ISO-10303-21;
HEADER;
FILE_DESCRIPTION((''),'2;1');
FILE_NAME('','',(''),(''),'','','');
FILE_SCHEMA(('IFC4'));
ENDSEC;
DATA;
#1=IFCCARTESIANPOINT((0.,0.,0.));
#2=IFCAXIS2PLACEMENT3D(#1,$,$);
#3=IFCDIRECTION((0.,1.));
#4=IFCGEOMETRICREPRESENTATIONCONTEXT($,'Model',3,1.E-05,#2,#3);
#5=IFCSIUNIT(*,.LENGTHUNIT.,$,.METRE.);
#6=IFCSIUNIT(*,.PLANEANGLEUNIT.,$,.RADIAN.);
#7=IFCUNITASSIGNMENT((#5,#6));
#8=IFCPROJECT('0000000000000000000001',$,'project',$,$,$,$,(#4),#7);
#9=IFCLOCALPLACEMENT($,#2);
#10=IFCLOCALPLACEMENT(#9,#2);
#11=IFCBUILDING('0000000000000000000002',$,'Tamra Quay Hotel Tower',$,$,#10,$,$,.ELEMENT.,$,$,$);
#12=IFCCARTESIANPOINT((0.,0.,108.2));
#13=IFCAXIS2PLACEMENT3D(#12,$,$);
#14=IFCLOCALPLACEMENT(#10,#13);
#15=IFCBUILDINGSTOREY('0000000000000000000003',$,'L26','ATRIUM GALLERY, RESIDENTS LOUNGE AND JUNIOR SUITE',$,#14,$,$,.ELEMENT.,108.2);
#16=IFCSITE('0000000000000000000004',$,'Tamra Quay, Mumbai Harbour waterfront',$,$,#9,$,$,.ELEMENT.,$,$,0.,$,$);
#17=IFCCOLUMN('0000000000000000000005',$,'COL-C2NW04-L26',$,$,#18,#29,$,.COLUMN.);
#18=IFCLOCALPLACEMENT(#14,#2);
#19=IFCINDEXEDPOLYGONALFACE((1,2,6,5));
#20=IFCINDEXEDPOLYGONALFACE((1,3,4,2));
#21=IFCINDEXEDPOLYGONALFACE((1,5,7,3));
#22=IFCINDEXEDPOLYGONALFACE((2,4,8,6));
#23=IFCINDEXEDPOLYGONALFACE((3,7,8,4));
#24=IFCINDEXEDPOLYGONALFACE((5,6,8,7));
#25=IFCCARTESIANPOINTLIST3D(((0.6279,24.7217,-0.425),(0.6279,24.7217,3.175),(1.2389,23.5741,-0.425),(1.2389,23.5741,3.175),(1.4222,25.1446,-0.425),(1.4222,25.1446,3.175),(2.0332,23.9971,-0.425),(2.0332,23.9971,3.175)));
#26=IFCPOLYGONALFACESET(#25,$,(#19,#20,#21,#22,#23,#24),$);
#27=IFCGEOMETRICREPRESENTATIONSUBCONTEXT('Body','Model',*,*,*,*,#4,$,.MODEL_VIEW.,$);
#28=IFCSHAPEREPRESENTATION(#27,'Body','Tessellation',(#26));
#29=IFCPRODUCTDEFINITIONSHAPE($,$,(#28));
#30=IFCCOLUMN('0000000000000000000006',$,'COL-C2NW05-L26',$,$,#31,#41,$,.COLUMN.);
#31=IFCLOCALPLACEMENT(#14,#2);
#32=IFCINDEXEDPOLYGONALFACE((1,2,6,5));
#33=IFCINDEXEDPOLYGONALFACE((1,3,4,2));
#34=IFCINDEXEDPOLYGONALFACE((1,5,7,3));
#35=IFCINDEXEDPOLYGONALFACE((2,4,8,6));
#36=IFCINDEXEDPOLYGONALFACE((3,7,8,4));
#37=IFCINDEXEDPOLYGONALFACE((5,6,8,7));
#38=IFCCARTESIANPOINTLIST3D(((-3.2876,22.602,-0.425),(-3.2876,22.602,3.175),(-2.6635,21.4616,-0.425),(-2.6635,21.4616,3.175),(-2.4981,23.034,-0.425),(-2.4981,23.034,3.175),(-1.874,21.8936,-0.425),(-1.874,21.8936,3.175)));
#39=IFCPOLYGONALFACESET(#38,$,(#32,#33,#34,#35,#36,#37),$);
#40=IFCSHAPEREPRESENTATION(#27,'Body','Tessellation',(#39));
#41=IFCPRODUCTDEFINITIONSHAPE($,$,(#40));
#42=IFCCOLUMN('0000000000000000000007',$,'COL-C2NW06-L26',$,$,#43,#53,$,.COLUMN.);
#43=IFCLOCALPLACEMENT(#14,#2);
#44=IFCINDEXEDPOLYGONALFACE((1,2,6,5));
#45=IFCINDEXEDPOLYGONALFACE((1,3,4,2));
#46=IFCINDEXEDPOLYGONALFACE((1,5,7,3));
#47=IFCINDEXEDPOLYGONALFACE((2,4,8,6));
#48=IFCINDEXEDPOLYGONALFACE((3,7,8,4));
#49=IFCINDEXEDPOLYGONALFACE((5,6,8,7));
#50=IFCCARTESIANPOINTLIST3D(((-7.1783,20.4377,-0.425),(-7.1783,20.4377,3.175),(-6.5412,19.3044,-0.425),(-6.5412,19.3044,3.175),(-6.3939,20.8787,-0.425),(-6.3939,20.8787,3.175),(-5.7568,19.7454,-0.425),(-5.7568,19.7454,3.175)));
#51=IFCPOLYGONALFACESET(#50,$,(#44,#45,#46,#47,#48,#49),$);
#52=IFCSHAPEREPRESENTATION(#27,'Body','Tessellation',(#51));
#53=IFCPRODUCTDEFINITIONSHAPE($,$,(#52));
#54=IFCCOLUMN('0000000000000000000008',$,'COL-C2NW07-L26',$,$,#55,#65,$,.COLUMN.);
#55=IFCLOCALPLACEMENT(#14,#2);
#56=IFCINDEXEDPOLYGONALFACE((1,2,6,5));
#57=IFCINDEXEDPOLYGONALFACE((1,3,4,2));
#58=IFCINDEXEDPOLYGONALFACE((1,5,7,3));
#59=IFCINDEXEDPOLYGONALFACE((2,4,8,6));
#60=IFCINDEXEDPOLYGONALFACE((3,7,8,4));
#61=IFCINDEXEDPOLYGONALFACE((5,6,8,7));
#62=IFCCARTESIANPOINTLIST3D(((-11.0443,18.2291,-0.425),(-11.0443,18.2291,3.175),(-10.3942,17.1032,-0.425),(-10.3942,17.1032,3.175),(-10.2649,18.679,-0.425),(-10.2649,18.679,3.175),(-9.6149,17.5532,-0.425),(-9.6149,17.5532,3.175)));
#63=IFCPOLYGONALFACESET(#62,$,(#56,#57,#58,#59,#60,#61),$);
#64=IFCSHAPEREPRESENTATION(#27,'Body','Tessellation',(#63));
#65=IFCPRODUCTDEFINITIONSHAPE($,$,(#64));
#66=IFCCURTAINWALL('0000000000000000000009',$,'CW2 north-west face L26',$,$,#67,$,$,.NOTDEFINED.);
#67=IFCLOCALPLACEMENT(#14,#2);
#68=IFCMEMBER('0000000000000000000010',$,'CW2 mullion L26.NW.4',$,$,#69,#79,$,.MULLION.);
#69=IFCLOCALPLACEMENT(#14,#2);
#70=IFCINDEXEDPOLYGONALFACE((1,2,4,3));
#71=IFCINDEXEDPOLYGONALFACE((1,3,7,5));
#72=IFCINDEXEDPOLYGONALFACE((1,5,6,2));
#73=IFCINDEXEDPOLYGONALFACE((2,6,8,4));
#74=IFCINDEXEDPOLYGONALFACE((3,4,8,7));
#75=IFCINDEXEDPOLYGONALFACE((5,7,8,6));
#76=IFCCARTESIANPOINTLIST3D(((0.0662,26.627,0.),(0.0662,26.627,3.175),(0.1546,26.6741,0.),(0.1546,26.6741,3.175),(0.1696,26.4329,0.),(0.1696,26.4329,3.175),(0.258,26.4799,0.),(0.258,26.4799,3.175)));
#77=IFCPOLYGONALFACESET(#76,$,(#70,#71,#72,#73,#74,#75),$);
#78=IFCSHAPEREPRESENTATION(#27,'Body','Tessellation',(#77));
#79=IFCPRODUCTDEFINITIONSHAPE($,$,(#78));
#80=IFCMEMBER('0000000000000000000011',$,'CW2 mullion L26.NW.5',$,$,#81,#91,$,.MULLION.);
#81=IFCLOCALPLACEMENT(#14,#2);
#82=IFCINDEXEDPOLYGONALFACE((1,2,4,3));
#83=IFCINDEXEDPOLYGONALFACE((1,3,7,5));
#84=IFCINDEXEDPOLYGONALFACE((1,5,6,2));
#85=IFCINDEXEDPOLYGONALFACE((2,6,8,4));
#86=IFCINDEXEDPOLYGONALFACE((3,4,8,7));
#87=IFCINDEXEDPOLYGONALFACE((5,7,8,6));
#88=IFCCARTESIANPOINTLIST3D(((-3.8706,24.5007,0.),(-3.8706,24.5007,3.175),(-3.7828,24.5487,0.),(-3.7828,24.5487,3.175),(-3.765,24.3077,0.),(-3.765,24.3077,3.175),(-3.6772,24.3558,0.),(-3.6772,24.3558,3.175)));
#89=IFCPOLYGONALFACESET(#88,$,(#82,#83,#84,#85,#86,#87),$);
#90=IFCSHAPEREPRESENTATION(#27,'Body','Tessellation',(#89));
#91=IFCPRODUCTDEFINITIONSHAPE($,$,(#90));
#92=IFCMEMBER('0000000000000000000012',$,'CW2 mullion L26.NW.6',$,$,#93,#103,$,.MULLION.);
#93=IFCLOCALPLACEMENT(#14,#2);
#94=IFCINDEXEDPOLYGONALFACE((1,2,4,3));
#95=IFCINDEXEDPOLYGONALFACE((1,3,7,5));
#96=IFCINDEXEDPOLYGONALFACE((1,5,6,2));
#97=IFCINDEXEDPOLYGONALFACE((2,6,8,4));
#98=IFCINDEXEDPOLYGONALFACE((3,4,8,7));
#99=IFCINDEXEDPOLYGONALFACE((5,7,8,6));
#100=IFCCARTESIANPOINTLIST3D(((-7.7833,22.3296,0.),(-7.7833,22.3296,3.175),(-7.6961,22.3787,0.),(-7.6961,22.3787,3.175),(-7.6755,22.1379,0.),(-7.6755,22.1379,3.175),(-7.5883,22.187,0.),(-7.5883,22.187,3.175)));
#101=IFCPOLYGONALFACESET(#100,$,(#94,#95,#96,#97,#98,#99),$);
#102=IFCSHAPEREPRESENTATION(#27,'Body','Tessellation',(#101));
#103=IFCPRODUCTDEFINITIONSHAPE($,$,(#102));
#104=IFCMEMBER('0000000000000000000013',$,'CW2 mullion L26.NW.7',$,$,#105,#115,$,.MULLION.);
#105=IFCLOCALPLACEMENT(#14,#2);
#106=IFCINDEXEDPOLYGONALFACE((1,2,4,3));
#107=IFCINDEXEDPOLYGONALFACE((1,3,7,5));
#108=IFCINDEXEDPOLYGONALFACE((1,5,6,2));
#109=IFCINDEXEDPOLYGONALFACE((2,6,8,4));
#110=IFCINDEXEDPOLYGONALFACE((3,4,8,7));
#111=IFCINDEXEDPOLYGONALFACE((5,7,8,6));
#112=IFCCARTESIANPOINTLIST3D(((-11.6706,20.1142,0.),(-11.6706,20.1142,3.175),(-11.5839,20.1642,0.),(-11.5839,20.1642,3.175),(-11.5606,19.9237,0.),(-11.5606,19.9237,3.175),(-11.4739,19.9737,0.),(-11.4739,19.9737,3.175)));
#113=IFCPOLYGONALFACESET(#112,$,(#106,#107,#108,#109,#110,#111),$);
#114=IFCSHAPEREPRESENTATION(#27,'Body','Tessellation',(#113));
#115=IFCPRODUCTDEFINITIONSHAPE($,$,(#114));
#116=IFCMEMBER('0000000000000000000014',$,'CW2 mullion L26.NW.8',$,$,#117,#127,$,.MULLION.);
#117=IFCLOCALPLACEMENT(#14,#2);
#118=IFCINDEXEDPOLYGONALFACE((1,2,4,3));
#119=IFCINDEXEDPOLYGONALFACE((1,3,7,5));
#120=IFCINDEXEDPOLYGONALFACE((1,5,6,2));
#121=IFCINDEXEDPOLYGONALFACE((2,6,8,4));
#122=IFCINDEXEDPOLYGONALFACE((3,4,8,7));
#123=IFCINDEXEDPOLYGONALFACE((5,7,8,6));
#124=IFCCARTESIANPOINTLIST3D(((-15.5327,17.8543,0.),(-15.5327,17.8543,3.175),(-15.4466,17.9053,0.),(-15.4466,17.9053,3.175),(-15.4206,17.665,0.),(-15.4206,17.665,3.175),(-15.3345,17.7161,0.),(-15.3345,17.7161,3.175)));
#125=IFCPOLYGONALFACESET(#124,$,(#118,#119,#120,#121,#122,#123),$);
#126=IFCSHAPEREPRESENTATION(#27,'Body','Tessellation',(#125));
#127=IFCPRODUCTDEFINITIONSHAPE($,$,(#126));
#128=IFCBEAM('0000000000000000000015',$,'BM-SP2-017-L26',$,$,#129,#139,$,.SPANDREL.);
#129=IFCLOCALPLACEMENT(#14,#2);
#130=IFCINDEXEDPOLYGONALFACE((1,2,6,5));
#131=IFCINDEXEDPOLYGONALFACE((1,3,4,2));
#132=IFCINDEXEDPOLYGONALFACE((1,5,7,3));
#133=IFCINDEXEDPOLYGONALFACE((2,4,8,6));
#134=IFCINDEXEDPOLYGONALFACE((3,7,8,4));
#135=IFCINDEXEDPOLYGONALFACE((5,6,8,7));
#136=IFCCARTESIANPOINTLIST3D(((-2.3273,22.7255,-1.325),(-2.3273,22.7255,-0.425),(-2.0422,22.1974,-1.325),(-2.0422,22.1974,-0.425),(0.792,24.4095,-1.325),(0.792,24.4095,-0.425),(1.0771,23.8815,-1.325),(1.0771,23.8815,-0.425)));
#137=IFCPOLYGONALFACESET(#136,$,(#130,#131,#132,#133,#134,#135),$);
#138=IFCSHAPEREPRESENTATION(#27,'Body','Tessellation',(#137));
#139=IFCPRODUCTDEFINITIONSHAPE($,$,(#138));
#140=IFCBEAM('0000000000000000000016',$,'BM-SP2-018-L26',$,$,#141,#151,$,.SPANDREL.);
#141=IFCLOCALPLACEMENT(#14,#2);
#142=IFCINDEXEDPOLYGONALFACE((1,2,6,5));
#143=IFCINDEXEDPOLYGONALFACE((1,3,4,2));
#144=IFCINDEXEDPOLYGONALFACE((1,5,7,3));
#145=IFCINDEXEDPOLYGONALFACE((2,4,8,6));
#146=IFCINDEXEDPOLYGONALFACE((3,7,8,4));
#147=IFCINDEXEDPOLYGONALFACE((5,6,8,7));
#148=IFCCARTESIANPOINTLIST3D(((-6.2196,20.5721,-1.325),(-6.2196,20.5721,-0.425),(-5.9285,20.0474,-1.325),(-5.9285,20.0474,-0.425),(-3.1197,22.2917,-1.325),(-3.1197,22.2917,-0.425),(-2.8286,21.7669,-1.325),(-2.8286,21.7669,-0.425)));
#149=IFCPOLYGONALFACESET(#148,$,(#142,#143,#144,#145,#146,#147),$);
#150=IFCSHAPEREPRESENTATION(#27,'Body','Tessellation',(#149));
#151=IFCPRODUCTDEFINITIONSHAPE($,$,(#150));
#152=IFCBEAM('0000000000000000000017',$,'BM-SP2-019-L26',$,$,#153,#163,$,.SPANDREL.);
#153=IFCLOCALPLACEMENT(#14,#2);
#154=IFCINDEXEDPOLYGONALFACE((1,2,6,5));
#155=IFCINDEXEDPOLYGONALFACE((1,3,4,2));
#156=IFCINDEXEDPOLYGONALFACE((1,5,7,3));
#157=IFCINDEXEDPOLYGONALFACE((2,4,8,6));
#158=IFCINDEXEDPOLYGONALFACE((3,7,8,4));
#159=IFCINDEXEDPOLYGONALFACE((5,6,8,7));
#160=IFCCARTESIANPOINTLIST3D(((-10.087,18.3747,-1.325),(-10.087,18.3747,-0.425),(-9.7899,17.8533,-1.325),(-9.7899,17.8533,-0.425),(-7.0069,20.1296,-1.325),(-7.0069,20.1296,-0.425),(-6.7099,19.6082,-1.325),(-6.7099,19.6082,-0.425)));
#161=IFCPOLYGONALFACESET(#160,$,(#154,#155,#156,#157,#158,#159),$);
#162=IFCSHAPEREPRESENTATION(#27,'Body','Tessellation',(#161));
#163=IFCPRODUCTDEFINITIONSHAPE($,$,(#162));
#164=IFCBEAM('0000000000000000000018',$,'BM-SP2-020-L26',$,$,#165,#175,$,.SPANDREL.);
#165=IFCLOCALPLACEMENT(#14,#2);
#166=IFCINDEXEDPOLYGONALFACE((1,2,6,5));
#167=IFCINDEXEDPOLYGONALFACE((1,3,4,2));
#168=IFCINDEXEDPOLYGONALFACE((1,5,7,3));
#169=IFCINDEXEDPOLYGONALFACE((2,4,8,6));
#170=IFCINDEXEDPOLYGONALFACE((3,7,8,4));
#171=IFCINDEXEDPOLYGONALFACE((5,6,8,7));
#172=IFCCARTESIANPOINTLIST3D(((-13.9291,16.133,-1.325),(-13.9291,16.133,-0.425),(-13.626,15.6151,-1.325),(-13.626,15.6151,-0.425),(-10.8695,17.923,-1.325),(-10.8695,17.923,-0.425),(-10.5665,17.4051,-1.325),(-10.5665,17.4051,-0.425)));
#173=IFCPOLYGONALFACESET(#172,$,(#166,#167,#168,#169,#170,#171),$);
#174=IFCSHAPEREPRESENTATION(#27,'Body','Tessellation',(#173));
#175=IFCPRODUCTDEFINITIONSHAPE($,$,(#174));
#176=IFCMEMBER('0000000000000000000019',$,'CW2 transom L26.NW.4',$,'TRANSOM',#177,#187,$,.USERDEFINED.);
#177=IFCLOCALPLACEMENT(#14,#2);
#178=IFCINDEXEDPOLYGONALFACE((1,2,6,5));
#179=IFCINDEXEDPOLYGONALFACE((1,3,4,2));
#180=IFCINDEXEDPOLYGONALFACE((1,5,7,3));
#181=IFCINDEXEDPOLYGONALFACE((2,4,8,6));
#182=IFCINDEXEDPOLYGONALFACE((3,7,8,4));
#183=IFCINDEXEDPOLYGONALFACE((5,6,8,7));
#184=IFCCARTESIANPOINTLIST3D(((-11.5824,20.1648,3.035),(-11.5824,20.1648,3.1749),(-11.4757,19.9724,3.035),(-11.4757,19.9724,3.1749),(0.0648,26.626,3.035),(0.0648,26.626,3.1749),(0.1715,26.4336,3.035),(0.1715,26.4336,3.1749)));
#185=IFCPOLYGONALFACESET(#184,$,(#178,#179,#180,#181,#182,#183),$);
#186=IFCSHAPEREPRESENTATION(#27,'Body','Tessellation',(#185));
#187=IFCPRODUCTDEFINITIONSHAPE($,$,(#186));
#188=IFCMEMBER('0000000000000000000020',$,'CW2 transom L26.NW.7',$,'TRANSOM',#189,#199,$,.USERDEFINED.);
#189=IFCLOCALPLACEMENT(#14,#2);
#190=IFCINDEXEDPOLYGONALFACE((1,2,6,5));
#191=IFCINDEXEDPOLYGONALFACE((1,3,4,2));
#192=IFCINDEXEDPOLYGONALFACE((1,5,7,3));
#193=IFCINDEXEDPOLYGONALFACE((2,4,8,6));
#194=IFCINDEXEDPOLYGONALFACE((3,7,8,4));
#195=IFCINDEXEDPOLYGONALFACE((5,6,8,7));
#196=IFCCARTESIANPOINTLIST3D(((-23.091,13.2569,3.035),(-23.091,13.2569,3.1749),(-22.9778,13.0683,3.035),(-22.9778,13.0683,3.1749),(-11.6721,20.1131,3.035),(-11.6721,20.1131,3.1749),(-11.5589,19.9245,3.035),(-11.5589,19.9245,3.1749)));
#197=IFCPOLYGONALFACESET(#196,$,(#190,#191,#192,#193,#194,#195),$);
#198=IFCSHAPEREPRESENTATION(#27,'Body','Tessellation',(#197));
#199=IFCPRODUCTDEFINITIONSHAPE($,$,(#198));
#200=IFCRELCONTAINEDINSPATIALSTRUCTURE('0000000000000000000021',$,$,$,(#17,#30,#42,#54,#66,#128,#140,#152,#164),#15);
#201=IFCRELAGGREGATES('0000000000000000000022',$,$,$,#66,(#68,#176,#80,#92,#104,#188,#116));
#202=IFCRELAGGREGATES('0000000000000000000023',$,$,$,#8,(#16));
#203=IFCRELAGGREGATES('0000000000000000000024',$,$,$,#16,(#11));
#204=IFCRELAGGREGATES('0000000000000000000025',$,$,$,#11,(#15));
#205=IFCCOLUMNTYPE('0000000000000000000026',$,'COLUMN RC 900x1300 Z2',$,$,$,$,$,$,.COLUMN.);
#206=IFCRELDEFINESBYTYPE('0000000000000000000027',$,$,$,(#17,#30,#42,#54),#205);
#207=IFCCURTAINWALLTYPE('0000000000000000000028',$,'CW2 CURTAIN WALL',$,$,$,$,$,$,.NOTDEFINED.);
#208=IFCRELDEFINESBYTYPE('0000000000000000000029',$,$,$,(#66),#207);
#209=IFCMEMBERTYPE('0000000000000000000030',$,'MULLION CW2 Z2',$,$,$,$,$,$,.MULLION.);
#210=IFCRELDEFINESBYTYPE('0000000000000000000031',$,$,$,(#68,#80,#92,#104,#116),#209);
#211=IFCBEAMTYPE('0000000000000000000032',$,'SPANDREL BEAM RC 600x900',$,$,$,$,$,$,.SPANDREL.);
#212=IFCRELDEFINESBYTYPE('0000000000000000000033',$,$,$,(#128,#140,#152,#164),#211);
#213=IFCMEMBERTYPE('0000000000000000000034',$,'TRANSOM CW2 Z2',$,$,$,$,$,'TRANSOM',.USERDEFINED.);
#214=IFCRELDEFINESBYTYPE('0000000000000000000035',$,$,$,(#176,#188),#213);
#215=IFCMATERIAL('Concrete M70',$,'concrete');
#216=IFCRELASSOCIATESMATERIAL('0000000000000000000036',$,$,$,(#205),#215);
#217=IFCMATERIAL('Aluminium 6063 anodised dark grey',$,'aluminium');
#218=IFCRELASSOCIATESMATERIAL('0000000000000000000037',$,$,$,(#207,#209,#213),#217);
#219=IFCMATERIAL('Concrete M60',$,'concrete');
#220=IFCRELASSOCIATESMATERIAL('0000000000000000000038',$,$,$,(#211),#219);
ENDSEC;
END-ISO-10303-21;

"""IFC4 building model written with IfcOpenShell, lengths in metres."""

from ifc_helpers import new_model, si_unit, direction, frame, origin, origin_2d, place, context, subcontext, project, spatial, rectangle, extrude, material, material_profile, profile_set, type_object, element, aggregate, save


model = new_model("IFC4")

# Units and contexts
model_context = context("Model", 3, precision=1e-05, world=origin(), true_north=direction((0.0, 1.0)))
body_context = subcontext(model_context, "Body", "Model", "MODEL_VIEW")
ifc_project = project(units=[si_unit("LENGTHUNIT", "METRE"), si_unit("PLANEANGLEUNIT", "RADIAN")], contexts=[model_context])

# Site, building, storey
site_placement = place(None, origin())
site = spatial("IfcSite", under=ifc_project, at=site_placement, Name="Tamra Quay, Mumbai Harbour waterfront", CompositionType="ELEMENT", RefElevation=0.0)
building_placement = place(site_placement, origin())
building = spatial("IfcBuilding", under=site, at=building_placement, Name="Tamra Quay Hotel Tower", CompositionType="ELEMENT")
storey_placement = place(building_placement, frame((0.0, 0.0, 108.2)))
storey = spatial("IfcBuildingStorey", under=building, at=storey_placement, Name="L26", Description="ATRIUM GALLERY, RESIDENTS LOUNGE AND JUNIOR SUITE", CompositionType="ELEMENT", Elevation=108.2)

# Columns
ifc_material_1 = material(Name="Concrete M70", Category="concrete")
ifc_material_profile_1 = material_profile(ifc_material_1, rectangle(XDim=1.3, YDim=0.8999, at=origin_2d()), Name="COLUMN RC 900x1300 Z2")
ifc_profile_set_1 = profile_set([ifc_material_profile_1], Name="Concrete M70")
column_type = type_object("IfcColumnType", Name="COLUMN RC 900x1300 Z2", PredefinedType="COLUMN", material=ifc_profile_set_1)
for number, where, z_axis, x_axis, name in (
    (1, (1.3306, 24.3594, -0.425), (0.0, 0.0, 1.0), (-0.470002, 0.882666, 0.0), "COL-C2NW04-L26"),
    (2, (-2.5808, 22.2478, -0.425), (0.0, 0.0, 1.0), (-0.48006, 0.877236, 0.0), "COL-C2NW05-L26"),
    (3, (-6.4675, 20.0916, -0.425), (0.0, 0.0, 1.0), (-0.490061, 0.871688, 0.0), "COL-C2NW06-L26"),
    (4, (-10.3296, 17.8911, -0.425), (0.0, 0.0, 1.0), (-0.5, 0.866025, 0.0), "COL-C2NW07-L26"),
):
    element("IfcColumn", number, at=place(storey_placement, frame(where, z_axis=z_axis, x_axis=x_axis)), inside=storey, type_object=column_type, Name=name, PredefinedType="COLUMN", context=body_context, shape_type="SweptSolid", body=[
        extrude(rectangle(XDim=1.3, YDim=0.8999, at=origin_2d()), origin(), (0.0, 0.0, 1.0), 3.6001),
    ])

# Curtain wall, members
ifc_material_2 = material(Name="Aluminium 6063 anodised dark grey", Category="aluminium")
curtain_wall_type = type_object("IfcCurtainWallType", Name="CW2 CURTAIN WALL", PredefinedType="NOTDEFINED", material=ifc_material_2)
curtain_wall_placement = place(storey_placement, origin())
curtain_wall = element("IfcCurtainWall", 5, at=curtain_wall_placement, inside=storey, type_object=curtain_wall_type, Name="CW2 north-west face L26", PredefinedType="NOTDEFINED")
ifc_material_profile_2 = material_profile(ifc_material_2, rectangle(XDim=0.22, YDim=0.1001, at=origin_2d()), Name="MULLION 100X220")
ifc_profile_set_2 = profile_set([ifc_material_profile_2], Name="Aluminium 6063 anodised dark grey")
member_type_1 = type_object("IfcMemberType", Name="MULLION CW2 Z2", PredefinedType="MULLION", material=ifc_profile_set_2)
member_1_placement = place(storey_placement, frame((0.1621, 26.5535, 0.0), z_axis=(0.0, 0.0, 1.0), x_axis=(-0.470049, 0.88264, 0.0)))
member_1 = element("IfcMember", 6, at=member_1_placement, type_object=member_type_1, Name="CW2 mullion L26.NW.4", PredefinedType="MULLION", context=body_context, shape_type="SweptSolid", body=[
    extrude(rectangle(XDim=0.22, YDim=0.1001, at=origin_2d()), origin(), (0.0, 0.0, 1.0), 3.175),
])
member_2_placement = place(storey_placement, frame((-3.7739, 24.4282, 0.0), z_axis=(0.0, 0.0, 1.0), x_axis=(-0.480089, 0.87722, 0.0)))
member_2 = element("IfcMember", 7, at=member_2_placement, type_object=member_type_1, Name="CW2 mullion L26.NW.5", PredefinedType="MULLION", context=body_context, shape_type="SweptSolid", body=[
    extrude(rectangle(XDim=0.22, YDim=0.1001, at=origin_2d()), origin(), (0.0, 0.0, 1.0), 3.175),
])
member_3_placement = place(storey_placement, frame((-7.6858, 22.2583, 0.0), z_axis=(0.0, 0.0, 1.0), x_axis=(-0.490074, 0.871681, 0.0)))
member_3 = element("IfcMember", 8, at=member_3_placement, type_object=member_type_1, Name="CW2 mullion L26.NW.6", PredefinedType="MULLION", context=body_context, shape_type="SweptSolid", body=[
    extrude(rectangle(XDim=0.22, YDim=0.1001, at=origin_2d()), origin(), (0.0, 0.0, 1.0), 3.175),
])
member_4_placement = place(storey_placement, frame((-11.5723, 20.0439, 0.0), z_axis=(0.0, 0.0, 1.0), x_axis=(-0.5, 0.866025, 0.0)))
member_4 = element("IfcMember", 9, at=member_4_placement, type_object=member_type_1, Name="CW2 mullion L26.NW.7", PredefinedType="MULLION", context=body_context, shape_type="SweptSolid", body=[
    extrude(rectangle(XDim=0.22, YDim=0.1001, at=origin_2d()), origin(), (0.0, 0.0, 1.0), 3.175),
])
member_5_placement = place(storey_placement, frame((-15.4336, 17.7852, 0.0), z_axis=(0.0, 0.0, 1.0), x_axis=(-0.50986, 0.860257, 0.0)))
member_5 = element("IfcMember", 10, at=member_5_placement, type_object=member_type_1, Name="CW2 mullion L26.NW.8", PredefinedType="MULLION", context=body_context, shape_type="SweptSolid", body=[
    extrude(rectangle(XDim=0.22, YDim=0.1001, at=origin_2d()), origin(), (0.0, 0.0, 1.0), 3.175),
])

# Beams
ifc_material_3 = material(Name="Concrete M60", Category="concrete")
ifc_material_profile_3 = material_profile(ifc_material_3, rectangle(XDim=0.6001, YDim=0.8999, at=origin_2d()), Name="SPANDREL BEAM RC 600x900")
ifc_profile_set_3 = profile_set([ifc_material_profile_3], Name="Concrete M60")
beam_type = type_object("IfcBeamType", Name="SPANDREL BEAM RC 600x900", PredefinedType="SPANDREL", material=ifc_profile_set_3)
for number, where, z_axis, x_axis, name in (
    (11, (0.9346, 24.1455, -0.875), (-0.879951, -0.475065, 0.0), (0.475065, -0.879951, 0.0), "BM-SP2-017-L26"),
    (12, (-2.9741, 22.0293, -0.875), (-0.874475, -0.48507, 0.0), (0.48507, -0.874475, 0.0), "BM-SP2-018-L26"),
    (13, (-6.8584, 19.8689, -0.875), (-0.86887, -0.495041, 0.0), (0.495041, -0.86887, 0.0), "BM-SP2-019-L26"),
):
    element("IfcBeam", number, at=place(storey_placement, frame(where, z_axis=z_axis, x_axis=x_axis)), inside=storey, type_object=beam_type, Name=name, PredefinedType="SPANDREL", context=body_context, shape_type="SweptSolid", body=[
        extrude(rectangle(XDim=0.6001, YDim=0.8999, at=origin_2d()), origin(), (0.0, 0.0, 1.0), 3.5449),
    ])
beam_placement = place(storey_placement, frame((-10.718, 17.6641, -0.875), z_axis=(-0.863129, -0.504984, 0.0), x_axis=(0.504984, -0.863129, 0.0)))
element("IfcBeam", 14, at=beam_placement, inside=storey, type_object=beam_type, Name="BM-SP2-020-L26", PredefinedType="SPANDREL", context=body_context, shape_type="SweptSolid", body=[
    extrude(rectangle(XDim=0.6001, YDim=0.8999, at=origin_2d()), origin(), (0.0, 0.0, 1.0), 3.5447),
])

# Members
ifc_material_profile_4 = material_profile(ifc_material_2, rectangle(XDim=0.22, YDim=0.1399, at=origin_2d()), Name="TRANSOM 220X140")
ifc_profile_set_4 = profile_set([ifc_material_profile_4], Name="Aluminium 6063 anodised dark grey")
member_type_2 = type_object("IfcMemberType", Name="TRANSOM CW2 Z2", ElementType="TRANSOM", PredefinedType="USERDEFINED", material=ifc_profile_set_4)
member_6_placement = place(storey_placement, frame((0.1182, 26.5298, 3.105), z_axis=(-0.87446, -0.485098, 0.0), x_axis=(0.485098, -0.87446, 0.0)))
member_6 = element("IfcMember", 15, at=member_6_placement, type_object=member_type_2, Name="CW2 transom L26.NW.4", ObjectType="TRANSOM", PredefinedType="USERDEFINED", context=body_context, shape_type="SweptSolid", body=[
    extrude(rectangle(XDim=0.22, YDim=0.1399, at=origin_2d()), origin(), (0.0, 0.0, 1.0), 13.3193),
])
member_7_placement = place(storey_placement, frame((-11.6155, 20.0188, 3.105), z_axis=(-0.857333, -0.514763, 0.0), x_axis=(0.514763, -0.857333, 0.0)))
member_7 = element("IfcMember", 16, at=member_7_placement, type_object=member_type_2, Name="CW2 transom L26.NW.7", ObjectType="TRANSOM", PredefinedType="USERDEFINED", context=body_context, shape_type="SweptSolid", body=[
    extrude(rectangle(XDim=0.22, YDim=0.1399, at=origin_2d()), origin(), (0.0, 0.0, 1.0), 13.3191),
])

aggregate(curtain_wall, [member_1, member_6, member_2, member_3, member_4, member_7, member_5])

save(model, "model.ifc")
